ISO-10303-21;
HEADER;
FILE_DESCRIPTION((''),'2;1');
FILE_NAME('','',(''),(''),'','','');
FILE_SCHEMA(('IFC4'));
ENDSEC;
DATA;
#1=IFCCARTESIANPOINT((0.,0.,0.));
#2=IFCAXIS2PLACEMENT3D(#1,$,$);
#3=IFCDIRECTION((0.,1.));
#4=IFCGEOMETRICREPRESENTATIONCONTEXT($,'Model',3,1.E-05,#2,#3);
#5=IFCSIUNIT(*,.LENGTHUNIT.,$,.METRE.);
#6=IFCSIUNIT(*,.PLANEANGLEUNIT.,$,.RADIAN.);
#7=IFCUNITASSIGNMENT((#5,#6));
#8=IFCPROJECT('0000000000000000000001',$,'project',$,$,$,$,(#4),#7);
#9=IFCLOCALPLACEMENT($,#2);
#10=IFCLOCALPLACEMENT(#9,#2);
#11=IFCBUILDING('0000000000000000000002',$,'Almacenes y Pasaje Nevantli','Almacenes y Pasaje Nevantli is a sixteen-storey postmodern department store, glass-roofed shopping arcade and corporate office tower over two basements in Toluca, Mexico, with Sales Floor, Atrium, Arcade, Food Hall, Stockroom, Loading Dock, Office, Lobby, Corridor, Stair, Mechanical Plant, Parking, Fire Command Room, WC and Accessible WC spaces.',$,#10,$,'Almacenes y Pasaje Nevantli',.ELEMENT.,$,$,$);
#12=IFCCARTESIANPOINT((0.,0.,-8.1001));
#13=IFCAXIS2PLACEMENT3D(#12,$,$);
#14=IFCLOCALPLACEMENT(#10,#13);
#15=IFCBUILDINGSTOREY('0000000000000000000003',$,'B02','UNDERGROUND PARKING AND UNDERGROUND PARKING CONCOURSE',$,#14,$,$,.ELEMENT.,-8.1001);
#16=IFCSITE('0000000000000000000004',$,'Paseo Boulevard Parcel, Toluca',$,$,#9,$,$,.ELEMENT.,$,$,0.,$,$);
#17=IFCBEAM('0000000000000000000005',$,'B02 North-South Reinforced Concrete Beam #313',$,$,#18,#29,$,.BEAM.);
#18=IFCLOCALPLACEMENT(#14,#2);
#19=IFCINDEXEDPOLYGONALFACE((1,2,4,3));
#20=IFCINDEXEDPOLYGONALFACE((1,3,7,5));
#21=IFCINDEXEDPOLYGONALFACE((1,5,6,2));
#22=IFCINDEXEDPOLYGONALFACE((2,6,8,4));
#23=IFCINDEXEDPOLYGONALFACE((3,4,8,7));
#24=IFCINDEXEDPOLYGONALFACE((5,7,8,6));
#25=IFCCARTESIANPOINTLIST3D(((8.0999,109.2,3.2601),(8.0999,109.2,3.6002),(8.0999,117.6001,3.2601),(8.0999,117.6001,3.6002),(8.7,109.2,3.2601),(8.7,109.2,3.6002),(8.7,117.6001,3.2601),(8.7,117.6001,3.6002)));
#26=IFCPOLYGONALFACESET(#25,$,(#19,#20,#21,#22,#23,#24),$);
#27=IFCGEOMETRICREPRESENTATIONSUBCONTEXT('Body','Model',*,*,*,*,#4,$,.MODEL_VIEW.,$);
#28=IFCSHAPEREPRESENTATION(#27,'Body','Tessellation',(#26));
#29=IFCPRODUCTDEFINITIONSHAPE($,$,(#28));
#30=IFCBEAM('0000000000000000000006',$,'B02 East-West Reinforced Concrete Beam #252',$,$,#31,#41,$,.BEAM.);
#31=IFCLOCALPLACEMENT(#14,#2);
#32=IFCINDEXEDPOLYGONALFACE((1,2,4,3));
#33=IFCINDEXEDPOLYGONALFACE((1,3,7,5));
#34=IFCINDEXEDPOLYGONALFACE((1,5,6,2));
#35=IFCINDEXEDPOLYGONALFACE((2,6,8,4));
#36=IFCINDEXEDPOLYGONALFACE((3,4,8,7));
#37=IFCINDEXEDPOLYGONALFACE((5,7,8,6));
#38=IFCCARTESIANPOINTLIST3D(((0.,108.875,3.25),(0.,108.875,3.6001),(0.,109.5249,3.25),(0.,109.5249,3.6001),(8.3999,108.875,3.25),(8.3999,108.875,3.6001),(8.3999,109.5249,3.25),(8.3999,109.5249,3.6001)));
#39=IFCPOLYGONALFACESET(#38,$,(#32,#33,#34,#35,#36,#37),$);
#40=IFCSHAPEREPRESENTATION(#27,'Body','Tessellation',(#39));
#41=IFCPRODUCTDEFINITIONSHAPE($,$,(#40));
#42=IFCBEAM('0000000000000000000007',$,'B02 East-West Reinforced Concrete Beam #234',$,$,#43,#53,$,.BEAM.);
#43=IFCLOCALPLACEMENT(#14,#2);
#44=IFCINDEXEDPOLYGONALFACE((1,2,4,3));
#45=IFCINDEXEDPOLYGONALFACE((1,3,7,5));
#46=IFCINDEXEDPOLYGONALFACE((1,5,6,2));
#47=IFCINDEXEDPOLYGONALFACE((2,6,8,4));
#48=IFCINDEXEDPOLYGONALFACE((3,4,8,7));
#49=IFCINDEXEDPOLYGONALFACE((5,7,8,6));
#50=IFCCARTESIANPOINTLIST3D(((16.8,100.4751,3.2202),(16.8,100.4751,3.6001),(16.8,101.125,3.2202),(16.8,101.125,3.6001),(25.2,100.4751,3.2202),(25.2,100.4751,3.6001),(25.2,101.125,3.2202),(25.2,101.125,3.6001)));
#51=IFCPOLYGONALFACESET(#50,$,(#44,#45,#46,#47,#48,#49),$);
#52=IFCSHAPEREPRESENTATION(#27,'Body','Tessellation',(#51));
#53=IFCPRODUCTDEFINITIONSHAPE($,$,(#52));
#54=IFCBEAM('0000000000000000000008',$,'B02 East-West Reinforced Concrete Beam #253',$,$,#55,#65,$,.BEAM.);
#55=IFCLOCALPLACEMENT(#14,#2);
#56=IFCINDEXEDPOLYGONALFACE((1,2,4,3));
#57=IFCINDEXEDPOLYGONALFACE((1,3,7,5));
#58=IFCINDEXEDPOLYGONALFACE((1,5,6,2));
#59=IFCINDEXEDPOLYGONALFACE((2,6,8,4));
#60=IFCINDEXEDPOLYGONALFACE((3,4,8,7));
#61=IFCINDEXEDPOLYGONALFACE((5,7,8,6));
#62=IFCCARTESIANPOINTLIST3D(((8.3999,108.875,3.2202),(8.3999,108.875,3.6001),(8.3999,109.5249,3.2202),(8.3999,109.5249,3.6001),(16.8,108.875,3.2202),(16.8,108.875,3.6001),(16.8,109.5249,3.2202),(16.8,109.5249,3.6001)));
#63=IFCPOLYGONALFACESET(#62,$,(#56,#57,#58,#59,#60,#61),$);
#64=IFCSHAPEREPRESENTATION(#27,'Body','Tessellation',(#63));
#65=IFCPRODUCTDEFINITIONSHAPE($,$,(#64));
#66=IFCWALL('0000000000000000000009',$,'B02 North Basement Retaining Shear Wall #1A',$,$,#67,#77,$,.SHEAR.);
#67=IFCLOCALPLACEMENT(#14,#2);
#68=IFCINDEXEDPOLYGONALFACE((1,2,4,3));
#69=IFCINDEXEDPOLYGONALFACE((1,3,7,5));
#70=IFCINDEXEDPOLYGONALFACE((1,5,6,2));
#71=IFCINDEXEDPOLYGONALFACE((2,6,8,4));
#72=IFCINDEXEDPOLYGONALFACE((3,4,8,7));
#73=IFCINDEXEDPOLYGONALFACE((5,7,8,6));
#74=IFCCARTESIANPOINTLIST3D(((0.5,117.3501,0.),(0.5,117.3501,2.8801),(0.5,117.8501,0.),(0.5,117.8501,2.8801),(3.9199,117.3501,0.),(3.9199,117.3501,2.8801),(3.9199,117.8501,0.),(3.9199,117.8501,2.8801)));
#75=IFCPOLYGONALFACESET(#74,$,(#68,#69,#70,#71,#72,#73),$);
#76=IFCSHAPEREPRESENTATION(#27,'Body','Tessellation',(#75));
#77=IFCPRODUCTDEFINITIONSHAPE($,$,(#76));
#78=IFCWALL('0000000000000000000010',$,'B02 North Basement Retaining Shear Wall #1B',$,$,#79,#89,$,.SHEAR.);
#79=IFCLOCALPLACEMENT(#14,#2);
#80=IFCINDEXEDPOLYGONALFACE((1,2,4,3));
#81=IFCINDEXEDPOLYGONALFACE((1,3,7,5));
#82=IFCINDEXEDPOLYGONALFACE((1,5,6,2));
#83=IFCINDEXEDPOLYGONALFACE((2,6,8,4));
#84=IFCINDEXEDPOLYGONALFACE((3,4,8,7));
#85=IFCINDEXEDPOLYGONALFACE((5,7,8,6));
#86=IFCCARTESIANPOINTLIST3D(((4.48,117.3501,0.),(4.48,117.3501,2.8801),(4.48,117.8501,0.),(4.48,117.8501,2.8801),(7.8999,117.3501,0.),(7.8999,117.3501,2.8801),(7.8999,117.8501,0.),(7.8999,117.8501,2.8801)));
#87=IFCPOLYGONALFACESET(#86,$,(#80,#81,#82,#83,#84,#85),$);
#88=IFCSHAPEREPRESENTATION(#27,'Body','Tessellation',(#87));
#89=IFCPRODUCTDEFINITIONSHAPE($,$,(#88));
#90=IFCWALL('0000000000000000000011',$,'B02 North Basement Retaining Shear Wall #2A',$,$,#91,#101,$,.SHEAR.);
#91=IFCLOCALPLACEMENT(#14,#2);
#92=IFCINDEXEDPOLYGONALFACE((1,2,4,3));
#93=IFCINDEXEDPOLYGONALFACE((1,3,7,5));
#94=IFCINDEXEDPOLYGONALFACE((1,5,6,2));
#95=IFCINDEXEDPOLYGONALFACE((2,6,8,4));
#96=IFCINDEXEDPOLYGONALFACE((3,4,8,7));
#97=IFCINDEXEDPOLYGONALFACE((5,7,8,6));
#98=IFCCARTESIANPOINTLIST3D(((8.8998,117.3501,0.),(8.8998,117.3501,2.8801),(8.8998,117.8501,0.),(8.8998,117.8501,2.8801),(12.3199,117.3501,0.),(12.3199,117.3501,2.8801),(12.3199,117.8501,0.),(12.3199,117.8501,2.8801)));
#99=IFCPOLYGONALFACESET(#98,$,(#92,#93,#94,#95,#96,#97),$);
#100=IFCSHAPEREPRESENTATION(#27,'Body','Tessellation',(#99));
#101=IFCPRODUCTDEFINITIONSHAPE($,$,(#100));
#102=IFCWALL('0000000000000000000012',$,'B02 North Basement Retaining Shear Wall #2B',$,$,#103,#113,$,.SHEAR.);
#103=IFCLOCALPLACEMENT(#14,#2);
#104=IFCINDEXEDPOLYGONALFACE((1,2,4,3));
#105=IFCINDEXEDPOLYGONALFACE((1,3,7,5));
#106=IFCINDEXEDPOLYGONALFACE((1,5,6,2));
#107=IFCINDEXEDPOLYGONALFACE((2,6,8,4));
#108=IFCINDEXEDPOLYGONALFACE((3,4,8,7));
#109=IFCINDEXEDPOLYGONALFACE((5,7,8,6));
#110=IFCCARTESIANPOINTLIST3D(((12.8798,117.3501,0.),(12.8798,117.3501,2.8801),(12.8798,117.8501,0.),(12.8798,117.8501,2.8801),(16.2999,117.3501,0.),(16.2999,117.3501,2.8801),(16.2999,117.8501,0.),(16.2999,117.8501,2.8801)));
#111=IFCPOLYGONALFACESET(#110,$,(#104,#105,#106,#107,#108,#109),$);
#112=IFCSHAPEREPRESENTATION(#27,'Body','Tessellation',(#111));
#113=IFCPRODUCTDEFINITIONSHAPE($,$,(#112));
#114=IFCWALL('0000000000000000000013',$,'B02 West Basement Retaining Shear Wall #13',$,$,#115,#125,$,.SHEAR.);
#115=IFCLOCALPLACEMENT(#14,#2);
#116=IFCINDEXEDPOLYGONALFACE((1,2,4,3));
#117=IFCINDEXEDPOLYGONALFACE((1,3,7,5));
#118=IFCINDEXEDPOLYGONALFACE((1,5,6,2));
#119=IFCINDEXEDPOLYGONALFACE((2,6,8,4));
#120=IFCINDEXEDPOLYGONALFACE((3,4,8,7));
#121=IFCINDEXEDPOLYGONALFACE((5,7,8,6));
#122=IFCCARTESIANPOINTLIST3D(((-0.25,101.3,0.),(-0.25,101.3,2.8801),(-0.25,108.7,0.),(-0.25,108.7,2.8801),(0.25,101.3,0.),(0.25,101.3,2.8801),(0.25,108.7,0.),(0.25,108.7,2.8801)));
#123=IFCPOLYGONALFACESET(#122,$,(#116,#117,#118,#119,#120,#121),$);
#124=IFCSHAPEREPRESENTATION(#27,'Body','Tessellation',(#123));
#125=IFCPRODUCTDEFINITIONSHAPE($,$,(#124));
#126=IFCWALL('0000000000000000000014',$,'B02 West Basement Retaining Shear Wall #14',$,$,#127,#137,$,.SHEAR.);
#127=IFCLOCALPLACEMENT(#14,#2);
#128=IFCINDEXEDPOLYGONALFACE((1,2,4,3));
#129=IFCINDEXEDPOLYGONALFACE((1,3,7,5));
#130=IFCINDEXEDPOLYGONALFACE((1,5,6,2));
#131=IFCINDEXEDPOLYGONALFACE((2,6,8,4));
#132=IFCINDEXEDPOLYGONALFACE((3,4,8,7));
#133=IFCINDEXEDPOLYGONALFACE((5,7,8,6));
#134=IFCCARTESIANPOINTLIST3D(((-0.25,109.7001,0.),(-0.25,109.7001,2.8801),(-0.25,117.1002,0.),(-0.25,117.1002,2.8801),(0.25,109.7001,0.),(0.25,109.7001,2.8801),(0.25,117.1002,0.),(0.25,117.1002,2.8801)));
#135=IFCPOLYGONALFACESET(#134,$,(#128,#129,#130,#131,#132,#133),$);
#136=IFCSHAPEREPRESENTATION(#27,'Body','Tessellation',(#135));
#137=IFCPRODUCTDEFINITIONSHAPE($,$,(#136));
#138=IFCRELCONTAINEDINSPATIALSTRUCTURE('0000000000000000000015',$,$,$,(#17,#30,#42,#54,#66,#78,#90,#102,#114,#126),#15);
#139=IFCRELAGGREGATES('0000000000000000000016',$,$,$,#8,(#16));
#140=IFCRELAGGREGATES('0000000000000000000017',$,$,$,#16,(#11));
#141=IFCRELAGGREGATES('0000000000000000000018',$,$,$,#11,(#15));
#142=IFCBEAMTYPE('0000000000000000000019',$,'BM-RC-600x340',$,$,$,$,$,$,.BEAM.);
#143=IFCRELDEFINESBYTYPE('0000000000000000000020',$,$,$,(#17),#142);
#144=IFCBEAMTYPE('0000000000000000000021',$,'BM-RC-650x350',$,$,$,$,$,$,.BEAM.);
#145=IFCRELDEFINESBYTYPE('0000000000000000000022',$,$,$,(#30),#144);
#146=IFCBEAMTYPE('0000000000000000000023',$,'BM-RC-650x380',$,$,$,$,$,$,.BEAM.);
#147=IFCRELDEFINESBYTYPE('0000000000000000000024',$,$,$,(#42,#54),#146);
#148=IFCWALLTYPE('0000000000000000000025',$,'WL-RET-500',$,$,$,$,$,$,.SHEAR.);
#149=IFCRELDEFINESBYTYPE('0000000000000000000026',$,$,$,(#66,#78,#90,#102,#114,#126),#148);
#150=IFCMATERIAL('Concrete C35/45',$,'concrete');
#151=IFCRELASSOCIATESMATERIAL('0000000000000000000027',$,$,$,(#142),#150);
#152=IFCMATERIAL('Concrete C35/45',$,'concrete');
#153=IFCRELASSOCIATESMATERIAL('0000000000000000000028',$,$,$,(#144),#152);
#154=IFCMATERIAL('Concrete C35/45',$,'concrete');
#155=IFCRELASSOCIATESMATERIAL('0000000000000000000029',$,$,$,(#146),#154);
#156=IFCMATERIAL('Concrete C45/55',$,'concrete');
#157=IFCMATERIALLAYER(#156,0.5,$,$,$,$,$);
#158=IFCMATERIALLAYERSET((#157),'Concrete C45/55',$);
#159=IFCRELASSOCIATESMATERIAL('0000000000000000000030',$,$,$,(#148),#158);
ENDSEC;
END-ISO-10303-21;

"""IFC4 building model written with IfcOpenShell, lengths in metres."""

from ifc_helpers import new_model, si_unit, direction, frame, frame_2d, origin, origin_2d, place, context, subcontext, project, spatial, rectangle, extrude, material, layer, layer_set, material_profile, profile_set, type_object, element, save


model = new_model("IFC4")

# Units and contexts
model_context = context("Model", 3, precision=1e-05, world=origin(), true_north=direction((0.0, 1.0)))
body_context = subcontext(model_context, "Body", "Model", "MODEL_VIEW")
ifc_project = project(units=[si_unit("LENGTHUNIT", "METRE"), si_unit("PLANEANGLEUNIT", "RADIAN")], contexts=[model_context])

# Site, building, storey
site_placement = place(None, origin())
site = spatial("IfcSite", under=ifc_project, at=site_placement, Name="Paseo Boulevard Parcel, Toluca", CompositionType="ELEMENT", RefElevation=0.0)
building_placement = place(site_placement, origin())
building = spatial("IfcBuilding", under=site, at=building_placement, Name="Almacenes y Pasaje Nevantli", Description="Almacenes y Pasaje Nevantli is a sixteen-storey postmodern department store, glass-roofed shopping arcade and corporate office tower over two basements in Toluca, Mexico, with Sales Floor, Atrium, Arcade, Food Hall, Stockroom, Loading Dock, Office, Lobby, Corridor, Stair, Mechanical Plant, Parking, Fire Command Room, WC and Accessible WC spaces.", LongName="Almacenes y Pasaje Nevantli", CompositionType="ELEMENT")
storey_placement = place(building_placement, frame((0.0, 0.0, -8.1001)))
storey = spatial("IfcBuildingStorey", under=building, at=storey_placement, Name="B02", Description="UNDERGROUND PARKING AND UNDERGROUND PARKING CONCOURSE", CompositionType="ELEMENT", Elevation=-8.1001)

# Beams
ifc_material_1 = material(Name="Concrete C35/45", Category="concrete")
ifc_material_profile_1 = material_profile(ifc_material_1, rectangle(XDim=0.6001, YDim=0.3401, at=origin_2d()), Name="RC-BM-600x340")
ifc_profile_set_1 = profile_set([ifc_material_profile_1], Name="Concrete C35/45")
beam_type_1 = type_object("IfcBeamType", Name="BM-RC-600x340", PredefinedType="BEAM", material=ifc_profile_set_1)
beam_1_placement = place(storey_placement, frame((8.3999, 109.2, 3.4302), z_axis=(0.0, 1.0, 0.0), x_axis=(-1.0, 0.0, 0.0)))
element("IfcBeam", 1, at=beam_1_placement, inside=storey, type_object=beam_type_1, Name="B02 North-South Reinforced Concrete Beam #313", PredefinedType="BEAM", context=body_context, shape_type="SweptSolid", body=[
    extrude(rectangle(XDim=0.6001, YDim=0.3401, at=origin_2d()), origin(), (0.0, 0.0, 1.0), 8.4001),
])
ifc_material_2 = material(Name="Concrete C35/45", Category="concrete")
ifc_material_profile_2 = material_profile(ifc_material_2, rectangle(XDim=0.6499, YDim=0.3501, at=origin_2d()), Name="RC-BM-650x350")
ifc_profile_set_2 = profile_set([ifc_material_profile_2], Name="Concrete C35/45")
beam_type_2 = type_object("IfcBeamType", Name="BM-RC-650x350", PredefinedType="BEAM", material=ifc_profile_set_2)
beam_2_placement = place(storey_placement, frame((0.0, 109.2, 3.425), z_axis=(1.0, 0.0, 0.0), x_axis=(0.0, 1.0, 0.0)))
element("IfcBeam", 2, at=beam_2_placement, inside=storey, type_object=beam_type_2, Name="B02 East-West Reinforced Concrete Beam #252", PredefinedType="BEAM", context=body_context, shape_type="SweptSolid", body=[
    extrude(rectangle(XDim=0.6499, YDim=0.3501, at=origin_2d()), origin(), (0.0, 0.0, 1.0), 8.3999),
])
ifc_material_3 = material(Name="Concrete C35/45", Category="concrete")
ifc_material_profile_3 = material_profile(ifc_material_3, rectangle(XDim=0.6499, YDim=0.3799, at=origin_2d()), Name="RC-BM-650x380")
ifc_profile_set_3 = profile_set([ifc_material_profile_3], Name="Concrete C35/45")
beam_type_3 = type_object("IfcBeamType", Name="BM-RC-650x380", PredefinedType="BEAM", material=ifc_profile_set_3)
beam_3_placement = place(storey_placement, frame((16.8, 100.8, 3.4102), z_axis=(1.0, 0.0, 0.0), x_axis=(0.0, 1.0, 0.0)))
element("IfcBeam", 3, at=beam_3_placement, inside=storey, type_object=beam_type_3, Name="B02 East-West Reinforced Concrete Beam #234", PredefinedType="BEAM", context=body_context, shape_type="SweptSolid", body=[
    extrude(rectangle(XDim=0.6499, YDim=0.3799, at=origin_2d()), origin(), (0.0, 0.0, 1.0), 8.3999),
])
beam_4_placement = place(storey_placement, frame((8.3999, 109.2, 3.4102), z_axis=(1.0, 0.0, 0.0), x_axis=(0.0, 1.0, 0.0)))
element("IfcBeam", 4, at=beam_4_placement, inside=storey, type_object=beam_type_3, Name="B02 East-West Reinforced Concrete Beam #253", PredefinedType="BEAM", context=body_context, shape_type="SweptSolid", body=[
    extrude(rectangle(XDim=0.6499, YDim=0.3799, at=origin_2d()), origin(), (0.0, 0.0, 1.0), 8.4001),
])

# Walls
ifc_material_4 = material(Name="Concrete C45/55", Category="concrete")
ifc_layer_1 = layer(ifc_material_4, 0.5)
ifc_layer_set_1 = layer_set([ifc_layer_1], Name="Concrete C45/55")
wall_type = type_object("IfcWallType", Name="WL-RET-500", PredefinedType="SHEAR", material=ifc_layer_set_1)
for number, where, z_axis, x_axis, name in (
    (5, (0.5, 117.6001, 0.0), (0.0, 0.0, 1.0), (1.0, 0.0, 0.0), "B02 North Basement Retaining Shear Wall #1A"),
    (6, (4.48, 117.6001, 0.0), (0.0, 0.0, 1.0), (1.0, 0.0, 0.0), "B02 North Basement Retaining Shear Wall #1B"),
):
    element("IfcWall", number, at=place(storey_placement, frame(where, z_axis=z_axis, x_axis=x_axis)), inside=storey, type_object=wall_type, Name=name, PredefinedType="SHEAR", context=body_context, shape_type="SweptSolid", body=[
        extrude(rectangle(XDim=3.4199, YDim=0.5, at=frame_2d((1.71, 0.0))), origin(), (0.0, 0.0, 1.0), 2.8801),
    ])
for number, where, z_axis, x_axis, name in (
    (7, (8.8999, 117.6001, 0.0), (0.0, 0.0, 1.0), (1.0, 0.0, 0.0), "B02 North Basement Retaining Shear Wall #2A"),
    (8, (12.8799, 117.6001, 0.0), (0.0, 0.0, 1.0), (1.0, 0.0, 0.0), "B02 North Basement Retaining Shear Wall #2B"),
):
    element("IfcWall", number, at=place(storey_placement, frame(where, z_axis=z_axis, x_axis=x_axis)), inside=storey, type_object=wall_type, Name=name, PredefinedType="SHEAR", context=body_context, shape_type="SweptSolid", body=[
        extrude(rectangle(XDim=3.4202, YDim=0.5, at=frame_2d((1.71, 0.0))), origin(), (0.0, 0.0, 1.0), 2.8801),
    ])
wall_1_placement = place(storey_placement, frame((0.0, 101.3, 0.0), z_axis=(0.0, 0.0, 1.0), x_axis=(0.0, 1.0, 0.0)))
element("IfcWall", 9, at=wall_1_placement, inside=storey, type_object=wall_type, Name="B02 West Basement Retaining Shear Wall #13", PredefinedType="SHEAR", context=body_context, shape_type="SweptSolid", body=[
    extrude(rectangle(XDim=7.3999, YDim=0.5, at=frame_2d((3.7, 0.0))), origin(), (0.0, 0.0, 1.0), 2.8801),
])
wall_2_placement = place(storey_placement, frame((0.0, 109.7, 0.0), z_axis=(0.0, 0.0, 1.0), x_axis=(0.0, 1.0, 0.0)))
element("IfcWall", 10, at=wall_2_placement, inside=storey, type_object=wall_type, Name="B02 West Basement Retaining Shear Wall #14", PredefinedType="SHEAR", context=body_context, shape_type="SweptSolid", body=[
    extrude(rectangle(XDim=7.4001, YDim=0.5, at=frame_2d((3.7002, 0.0))), origin(), (0.0, 0.0, 1.0), 2.8801),
])

save(model, "model.ifc")
